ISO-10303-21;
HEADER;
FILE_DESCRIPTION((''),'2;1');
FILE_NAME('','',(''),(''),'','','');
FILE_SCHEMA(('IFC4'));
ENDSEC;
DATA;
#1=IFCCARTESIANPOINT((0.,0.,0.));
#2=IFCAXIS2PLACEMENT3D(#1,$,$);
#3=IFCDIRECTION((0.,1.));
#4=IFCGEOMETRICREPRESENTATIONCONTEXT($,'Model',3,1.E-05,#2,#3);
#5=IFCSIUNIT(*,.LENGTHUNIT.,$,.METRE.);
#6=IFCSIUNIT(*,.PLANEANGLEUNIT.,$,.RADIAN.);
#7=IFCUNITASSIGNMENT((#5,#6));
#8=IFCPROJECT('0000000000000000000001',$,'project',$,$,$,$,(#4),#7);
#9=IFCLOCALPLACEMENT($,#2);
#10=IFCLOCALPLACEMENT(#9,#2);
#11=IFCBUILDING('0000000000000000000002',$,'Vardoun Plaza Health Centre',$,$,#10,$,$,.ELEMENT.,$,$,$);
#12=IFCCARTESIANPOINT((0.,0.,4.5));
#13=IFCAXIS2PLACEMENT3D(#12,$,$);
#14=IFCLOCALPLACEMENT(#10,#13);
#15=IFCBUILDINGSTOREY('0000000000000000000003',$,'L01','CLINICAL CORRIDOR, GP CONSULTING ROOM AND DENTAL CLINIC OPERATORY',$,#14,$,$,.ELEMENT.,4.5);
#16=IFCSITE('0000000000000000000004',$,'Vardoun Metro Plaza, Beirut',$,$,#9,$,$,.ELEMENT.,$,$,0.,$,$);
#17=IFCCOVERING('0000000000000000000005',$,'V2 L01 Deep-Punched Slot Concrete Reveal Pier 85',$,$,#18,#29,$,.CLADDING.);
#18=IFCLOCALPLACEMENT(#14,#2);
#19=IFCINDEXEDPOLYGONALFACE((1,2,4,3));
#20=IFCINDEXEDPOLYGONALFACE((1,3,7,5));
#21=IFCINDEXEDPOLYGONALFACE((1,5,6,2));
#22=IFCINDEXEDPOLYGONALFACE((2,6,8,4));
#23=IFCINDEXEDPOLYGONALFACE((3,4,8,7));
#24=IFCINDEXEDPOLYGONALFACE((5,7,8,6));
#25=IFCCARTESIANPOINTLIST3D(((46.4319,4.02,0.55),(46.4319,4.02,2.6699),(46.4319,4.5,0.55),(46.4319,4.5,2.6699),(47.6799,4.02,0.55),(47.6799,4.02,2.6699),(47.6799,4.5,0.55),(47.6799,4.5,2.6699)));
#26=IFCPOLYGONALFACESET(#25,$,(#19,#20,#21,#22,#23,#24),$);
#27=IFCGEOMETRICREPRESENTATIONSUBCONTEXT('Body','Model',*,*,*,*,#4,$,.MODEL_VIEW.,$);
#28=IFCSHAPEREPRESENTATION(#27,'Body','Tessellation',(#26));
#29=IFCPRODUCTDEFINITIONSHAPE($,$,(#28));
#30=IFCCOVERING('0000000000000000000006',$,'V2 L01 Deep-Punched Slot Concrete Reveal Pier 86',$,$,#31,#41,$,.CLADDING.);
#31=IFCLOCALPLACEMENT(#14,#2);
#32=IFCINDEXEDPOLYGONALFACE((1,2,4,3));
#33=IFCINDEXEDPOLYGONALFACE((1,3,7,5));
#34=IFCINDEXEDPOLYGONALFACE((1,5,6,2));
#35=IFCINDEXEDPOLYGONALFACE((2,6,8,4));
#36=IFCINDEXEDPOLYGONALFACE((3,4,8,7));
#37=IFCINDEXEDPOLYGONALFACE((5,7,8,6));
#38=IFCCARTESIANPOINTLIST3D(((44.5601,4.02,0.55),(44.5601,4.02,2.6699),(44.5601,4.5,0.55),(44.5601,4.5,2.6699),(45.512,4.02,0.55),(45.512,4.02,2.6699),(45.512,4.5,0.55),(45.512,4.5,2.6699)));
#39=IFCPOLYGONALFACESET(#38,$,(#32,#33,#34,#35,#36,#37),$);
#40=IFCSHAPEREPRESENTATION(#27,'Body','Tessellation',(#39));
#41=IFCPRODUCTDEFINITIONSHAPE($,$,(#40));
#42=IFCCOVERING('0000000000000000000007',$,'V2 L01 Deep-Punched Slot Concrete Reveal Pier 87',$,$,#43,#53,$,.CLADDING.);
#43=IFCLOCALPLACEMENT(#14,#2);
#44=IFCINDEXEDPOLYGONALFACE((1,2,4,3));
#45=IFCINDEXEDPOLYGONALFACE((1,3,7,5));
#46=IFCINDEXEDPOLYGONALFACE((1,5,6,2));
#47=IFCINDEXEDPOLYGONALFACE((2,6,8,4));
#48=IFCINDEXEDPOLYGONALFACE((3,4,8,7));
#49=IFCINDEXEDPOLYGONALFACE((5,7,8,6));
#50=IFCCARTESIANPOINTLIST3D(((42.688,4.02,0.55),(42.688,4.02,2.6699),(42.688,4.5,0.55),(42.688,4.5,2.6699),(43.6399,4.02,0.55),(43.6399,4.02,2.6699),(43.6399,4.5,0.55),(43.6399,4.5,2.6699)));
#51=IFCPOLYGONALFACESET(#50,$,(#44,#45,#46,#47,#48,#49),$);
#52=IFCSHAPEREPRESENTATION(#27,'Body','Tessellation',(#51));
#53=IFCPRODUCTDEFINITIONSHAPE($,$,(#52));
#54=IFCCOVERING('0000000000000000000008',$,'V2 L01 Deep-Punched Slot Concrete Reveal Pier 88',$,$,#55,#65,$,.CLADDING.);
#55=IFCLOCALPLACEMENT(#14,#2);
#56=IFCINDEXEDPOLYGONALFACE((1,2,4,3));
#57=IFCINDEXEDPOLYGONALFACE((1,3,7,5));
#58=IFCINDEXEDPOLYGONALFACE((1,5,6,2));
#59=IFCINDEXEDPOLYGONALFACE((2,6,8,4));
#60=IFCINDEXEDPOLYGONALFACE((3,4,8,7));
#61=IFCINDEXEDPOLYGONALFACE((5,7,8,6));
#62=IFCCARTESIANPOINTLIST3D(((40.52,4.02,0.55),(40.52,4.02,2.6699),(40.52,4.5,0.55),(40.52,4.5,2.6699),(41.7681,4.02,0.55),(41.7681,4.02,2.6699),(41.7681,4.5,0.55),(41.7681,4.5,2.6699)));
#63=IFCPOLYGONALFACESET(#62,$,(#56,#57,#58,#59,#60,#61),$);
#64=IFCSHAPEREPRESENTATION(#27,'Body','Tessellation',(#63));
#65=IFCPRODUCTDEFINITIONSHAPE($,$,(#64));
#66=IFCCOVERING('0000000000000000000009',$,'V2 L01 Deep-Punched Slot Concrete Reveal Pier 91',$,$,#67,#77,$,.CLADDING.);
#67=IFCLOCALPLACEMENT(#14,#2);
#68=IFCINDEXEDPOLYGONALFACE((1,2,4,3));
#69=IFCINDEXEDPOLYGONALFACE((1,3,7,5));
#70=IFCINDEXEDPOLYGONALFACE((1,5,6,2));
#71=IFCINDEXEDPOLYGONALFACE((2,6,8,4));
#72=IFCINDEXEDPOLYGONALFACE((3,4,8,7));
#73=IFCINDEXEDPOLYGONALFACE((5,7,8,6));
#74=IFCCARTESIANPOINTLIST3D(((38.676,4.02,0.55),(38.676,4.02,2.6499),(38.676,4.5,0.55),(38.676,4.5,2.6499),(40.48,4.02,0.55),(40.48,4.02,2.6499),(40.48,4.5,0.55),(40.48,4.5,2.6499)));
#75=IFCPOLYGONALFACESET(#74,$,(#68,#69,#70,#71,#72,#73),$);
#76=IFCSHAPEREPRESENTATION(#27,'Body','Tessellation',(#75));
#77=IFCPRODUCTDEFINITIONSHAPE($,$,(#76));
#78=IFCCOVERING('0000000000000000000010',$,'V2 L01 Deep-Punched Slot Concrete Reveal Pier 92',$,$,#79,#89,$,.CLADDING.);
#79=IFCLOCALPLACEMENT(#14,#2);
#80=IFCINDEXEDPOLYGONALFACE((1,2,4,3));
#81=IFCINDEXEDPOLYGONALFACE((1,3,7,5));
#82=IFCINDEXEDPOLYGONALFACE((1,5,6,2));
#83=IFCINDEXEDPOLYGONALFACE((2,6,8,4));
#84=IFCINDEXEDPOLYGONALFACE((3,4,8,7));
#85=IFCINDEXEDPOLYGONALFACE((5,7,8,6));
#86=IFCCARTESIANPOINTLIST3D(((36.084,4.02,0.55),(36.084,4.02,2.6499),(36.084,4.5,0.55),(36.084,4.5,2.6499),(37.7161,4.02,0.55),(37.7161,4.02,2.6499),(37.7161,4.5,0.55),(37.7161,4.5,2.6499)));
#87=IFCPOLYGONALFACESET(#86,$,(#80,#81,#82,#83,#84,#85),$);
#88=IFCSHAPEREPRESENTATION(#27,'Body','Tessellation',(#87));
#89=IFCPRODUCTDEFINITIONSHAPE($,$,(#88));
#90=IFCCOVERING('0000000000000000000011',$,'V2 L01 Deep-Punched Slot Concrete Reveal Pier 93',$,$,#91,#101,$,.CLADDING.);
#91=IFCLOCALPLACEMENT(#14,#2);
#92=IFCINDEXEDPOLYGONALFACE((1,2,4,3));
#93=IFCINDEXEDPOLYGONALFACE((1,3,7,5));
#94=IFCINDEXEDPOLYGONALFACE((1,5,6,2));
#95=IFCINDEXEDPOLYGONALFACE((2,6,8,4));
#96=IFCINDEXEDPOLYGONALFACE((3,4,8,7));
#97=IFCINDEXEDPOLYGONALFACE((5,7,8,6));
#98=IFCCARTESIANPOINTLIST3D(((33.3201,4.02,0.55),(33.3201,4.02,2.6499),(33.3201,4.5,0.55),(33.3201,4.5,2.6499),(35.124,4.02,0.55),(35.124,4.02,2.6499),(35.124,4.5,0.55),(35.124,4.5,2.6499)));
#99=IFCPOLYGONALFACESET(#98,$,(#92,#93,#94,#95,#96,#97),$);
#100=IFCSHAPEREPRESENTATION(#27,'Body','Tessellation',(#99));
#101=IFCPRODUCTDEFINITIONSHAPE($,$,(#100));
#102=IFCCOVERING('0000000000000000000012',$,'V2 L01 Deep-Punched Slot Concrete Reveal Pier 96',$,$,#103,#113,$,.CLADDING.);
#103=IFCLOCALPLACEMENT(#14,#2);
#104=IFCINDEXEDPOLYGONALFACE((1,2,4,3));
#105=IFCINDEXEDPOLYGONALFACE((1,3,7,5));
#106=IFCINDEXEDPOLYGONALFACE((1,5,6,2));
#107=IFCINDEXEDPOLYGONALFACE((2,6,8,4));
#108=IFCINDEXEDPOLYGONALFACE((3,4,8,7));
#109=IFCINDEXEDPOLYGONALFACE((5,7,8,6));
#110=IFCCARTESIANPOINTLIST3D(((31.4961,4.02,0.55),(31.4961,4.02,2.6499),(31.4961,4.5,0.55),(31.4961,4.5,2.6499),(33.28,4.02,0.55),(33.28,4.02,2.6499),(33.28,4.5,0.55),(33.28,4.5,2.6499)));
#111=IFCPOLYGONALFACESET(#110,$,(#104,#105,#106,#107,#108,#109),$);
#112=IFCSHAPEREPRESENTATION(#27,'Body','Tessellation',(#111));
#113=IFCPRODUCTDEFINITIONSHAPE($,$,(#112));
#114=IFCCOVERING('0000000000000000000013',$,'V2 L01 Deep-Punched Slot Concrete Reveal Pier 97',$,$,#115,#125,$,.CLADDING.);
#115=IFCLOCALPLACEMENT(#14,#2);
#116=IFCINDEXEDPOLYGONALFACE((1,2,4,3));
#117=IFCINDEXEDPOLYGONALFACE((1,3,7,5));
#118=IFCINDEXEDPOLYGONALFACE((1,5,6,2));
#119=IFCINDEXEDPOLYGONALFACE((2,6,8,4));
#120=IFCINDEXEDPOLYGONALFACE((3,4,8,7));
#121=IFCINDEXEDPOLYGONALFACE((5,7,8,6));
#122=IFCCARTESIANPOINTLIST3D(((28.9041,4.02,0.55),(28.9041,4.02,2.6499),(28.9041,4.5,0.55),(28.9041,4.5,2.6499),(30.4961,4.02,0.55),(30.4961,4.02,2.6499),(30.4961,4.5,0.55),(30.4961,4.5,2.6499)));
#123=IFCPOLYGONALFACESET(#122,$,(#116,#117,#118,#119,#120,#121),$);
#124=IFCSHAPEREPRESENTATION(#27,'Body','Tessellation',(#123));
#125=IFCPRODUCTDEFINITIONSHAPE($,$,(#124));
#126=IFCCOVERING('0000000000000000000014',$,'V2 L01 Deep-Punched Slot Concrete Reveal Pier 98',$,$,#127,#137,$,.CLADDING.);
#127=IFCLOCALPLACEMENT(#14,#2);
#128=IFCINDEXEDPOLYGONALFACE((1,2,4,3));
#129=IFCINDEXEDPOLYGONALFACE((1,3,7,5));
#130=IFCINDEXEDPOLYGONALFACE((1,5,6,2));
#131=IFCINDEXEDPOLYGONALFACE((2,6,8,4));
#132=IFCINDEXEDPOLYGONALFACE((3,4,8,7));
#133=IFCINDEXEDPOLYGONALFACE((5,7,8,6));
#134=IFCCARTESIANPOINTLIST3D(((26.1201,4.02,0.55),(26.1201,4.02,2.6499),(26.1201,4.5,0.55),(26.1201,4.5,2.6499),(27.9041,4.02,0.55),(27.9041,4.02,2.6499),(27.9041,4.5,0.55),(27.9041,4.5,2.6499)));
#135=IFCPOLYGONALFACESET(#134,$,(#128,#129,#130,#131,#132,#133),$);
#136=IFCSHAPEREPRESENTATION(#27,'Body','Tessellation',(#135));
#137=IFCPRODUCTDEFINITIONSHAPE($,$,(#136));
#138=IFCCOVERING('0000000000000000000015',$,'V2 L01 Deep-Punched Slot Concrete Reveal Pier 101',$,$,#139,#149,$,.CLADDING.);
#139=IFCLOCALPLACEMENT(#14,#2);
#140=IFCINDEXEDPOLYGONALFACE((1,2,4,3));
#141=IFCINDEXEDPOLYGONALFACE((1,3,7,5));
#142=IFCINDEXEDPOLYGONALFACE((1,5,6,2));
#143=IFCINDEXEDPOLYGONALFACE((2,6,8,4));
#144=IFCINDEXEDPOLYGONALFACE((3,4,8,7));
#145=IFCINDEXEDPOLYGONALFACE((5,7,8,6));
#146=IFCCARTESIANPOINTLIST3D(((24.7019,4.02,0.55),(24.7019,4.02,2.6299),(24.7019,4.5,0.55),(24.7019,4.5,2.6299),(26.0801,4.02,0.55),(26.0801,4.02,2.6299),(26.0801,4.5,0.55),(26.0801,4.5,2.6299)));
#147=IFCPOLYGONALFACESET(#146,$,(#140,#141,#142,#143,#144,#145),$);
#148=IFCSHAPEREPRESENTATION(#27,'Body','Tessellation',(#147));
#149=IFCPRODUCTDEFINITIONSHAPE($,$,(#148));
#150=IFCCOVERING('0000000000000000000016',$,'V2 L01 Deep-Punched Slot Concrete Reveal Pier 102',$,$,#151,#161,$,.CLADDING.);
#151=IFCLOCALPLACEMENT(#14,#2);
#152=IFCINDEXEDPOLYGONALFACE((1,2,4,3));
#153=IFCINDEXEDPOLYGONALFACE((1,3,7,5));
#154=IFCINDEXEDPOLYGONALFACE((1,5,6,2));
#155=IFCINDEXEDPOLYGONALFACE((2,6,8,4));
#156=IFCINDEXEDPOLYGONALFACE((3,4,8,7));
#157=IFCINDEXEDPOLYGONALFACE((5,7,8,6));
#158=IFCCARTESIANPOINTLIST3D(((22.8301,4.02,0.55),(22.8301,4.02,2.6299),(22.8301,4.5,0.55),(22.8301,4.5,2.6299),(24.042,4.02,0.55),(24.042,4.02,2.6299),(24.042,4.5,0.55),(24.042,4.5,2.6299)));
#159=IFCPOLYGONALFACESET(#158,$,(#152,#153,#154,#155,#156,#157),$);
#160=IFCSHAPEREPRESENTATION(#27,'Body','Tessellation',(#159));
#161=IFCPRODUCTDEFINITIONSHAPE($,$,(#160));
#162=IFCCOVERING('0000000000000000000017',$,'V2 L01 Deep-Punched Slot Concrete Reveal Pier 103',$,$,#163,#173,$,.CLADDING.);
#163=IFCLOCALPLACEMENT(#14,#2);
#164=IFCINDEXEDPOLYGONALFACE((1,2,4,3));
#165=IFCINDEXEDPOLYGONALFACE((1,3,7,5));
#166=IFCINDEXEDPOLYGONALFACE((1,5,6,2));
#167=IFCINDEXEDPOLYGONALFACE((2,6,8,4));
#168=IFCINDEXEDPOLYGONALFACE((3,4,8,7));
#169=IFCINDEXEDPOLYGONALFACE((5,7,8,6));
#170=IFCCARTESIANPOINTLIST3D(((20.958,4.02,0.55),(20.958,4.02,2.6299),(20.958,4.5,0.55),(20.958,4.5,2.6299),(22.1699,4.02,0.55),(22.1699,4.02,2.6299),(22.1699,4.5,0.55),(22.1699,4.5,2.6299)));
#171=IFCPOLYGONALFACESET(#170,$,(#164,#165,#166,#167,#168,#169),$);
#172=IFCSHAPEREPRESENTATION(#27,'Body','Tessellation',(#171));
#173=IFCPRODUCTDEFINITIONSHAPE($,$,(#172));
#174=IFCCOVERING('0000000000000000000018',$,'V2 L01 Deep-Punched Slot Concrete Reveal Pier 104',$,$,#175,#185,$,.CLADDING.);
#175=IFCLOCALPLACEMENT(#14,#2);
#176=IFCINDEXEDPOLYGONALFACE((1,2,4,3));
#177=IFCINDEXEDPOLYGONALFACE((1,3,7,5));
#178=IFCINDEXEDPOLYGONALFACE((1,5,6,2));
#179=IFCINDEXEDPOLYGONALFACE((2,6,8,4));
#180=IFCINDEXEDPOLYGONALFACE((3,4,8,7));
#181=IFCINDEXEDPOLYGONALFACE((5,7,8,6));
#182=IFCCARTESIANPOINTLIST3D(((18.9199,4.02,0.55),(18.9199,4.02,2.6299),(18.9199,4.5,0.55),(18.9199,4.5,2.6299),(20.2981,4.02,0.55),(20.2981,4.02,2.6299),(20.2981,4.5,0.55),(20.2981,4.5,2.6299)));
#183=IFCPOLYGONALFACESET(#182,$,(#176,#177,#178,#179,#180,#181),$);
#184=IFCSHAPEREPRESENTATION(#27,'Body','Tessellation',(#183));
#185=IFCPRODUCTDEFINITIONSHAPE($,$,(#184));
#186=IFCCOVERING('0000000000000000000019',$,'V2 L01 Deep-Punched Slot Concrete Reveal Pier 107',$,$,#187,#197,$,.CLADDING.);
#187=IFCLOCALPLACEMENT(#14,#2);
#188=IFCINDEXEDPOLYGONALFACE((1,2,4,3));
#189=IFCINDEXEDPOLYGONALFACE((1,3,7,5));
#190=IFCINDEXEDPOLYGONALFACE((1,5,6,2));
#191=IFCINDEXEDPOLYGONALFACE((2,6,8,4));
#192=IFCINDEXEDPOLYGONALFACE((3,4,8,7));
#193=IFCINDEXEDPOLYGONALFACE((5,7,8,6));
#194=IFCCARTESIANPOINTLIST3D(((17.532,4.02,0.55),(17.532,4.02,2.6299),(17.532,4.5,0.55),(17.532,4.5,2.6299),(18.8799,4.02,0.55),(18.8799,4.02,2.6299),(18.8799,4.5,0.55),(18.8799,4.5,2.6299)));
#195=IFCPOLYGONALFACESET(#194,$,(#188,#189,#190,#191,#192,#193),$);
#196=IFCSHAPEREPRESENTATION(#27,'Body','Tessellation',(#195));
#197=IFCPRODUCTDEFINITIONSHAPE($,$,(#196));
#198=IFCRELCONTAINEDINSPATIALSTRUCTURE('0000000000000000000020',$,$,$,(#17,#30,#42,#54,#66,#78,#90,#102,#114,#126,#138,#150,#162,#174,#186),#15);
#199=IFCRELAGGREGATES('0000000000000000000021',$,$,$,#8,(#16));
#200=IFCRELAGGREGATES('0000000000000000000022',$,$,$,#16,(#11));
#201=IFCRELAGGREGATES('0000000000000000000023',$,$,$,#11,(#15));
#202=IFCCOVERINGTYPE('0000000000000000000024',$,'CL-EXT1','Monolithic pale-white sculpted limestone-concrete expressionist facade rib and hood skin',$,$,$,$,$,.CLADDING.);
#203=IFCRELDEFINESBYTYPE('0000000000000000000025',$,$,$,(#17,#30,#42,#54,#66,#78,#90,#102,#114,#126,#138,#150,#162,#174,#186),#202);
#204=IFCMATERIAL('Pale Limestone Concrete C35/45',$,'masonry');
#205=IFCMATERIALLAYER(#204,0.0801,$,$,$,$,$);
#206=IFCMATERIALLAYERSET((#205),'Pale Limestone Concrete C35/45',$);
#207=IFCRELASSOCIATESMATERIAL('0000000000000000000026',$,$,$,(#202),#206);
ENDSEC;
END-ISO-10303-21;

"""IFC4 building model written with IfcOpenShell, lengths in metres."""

from ifc_helpers import new_model, si_unit, direction, frame, origin, place, context, subcontext, project, spatial, polyline, outline, extrude, material, layer, layer_set, type_object, element, save


model = new_model("IFC4")

# Units and contexts
model_context = context("Model", 3, precision=1e-05, world=origin(), true_north=direction((0.0, 1.0)))
body_context = subcontext(model_context, "Body", "Model", "MODEL_VIEW")
ifc_project = project(units=[si_unit("LENGTHUNIT", "METRE"), si_unit("PLANEANGLEUNIT", "RADIAN")], contexts=[model_context])

# Site, building, storey
site_placement = place(None, origin())
site = spatial("IfcSite", under=ifc_project, at=site_placement, Name="Vardoun Metro Plaza, Beirut", CompositionType="ELEMENT", RefElevation=0.0)
building_placement = place(site_placement, origin())
building = spatial("IfcBuilding", under=site, at=building_placement, Name="Vardoun Plaza Health Centre", CompositionType="ELEMENT")
storey_placement = place(building_placement, frame((0.0, 0.0, 4.5)))
storey = spatial("IfcBuildingStorey", under=building, at=storey_placement, Name="L01", Description="CLINICAL CORRIDOR, GP CONSULTING ROOM AND DENTAL CLINIC OPERATORY", CompositionType="ELEMENT", Elevation=4.5)

# Coverings
ifc_material = material(Name="Pale Limestone Concrete C35/45", Category="masonry")
ifc_layer = layer(ifc_material, 0.0801)
ifc_layer_set = layer_set([ifc_layer], Name="Pale Limestone Concrete C35/45")
covering_type = type_object("IfcCoveringType", Name="CL-EXT1", Description="Monolithic pale-white sculpted limestone-concrete expressionist facade rib and hood skin", PredefinedType="CLADDING", material=ifc_layer_set)
covering_1_placement = place(storey_placement, frame((0.0, 0.0, 0.55)))
element("IfcCovering", 1, at=covering_1_placement, inside=storey, type_object=covering_type, Name="V2 L01 Deep-Punched Slot Concrete Reveal Pier 85", PredefinedType="CLADDING", context=body_context, shape_type="SweptSolid", body=[
    extrude(outline(polyline([(47.6799, 4.5), (46.4319, 4.5), (46.4319, 4.02), (47.6799, 4.02), (47.6799, 4.5)])), origin(), (0.0, 0.0, 1.0), 2.1199),
])
covering_2_placement = place(storey_placement, frame((0.0, 0.0, 0.55)))
element("IfcCovering", 2, at=covering_2_placement, inside=storey, type_object=covering_type, Name="V2 L01 Deep-Punched Slot Concrete Reveal Pier 86", PredefinedType="CLADDING", context=body_context, shape_type="SweptSolid", body=[
    extrude(outline(polyline([(45.512, 4.5), (44.5601, 4.5), (44.5601, 4.02), (45.512, 4.02), (45.512, 4.5)])), origin(), (0.0, 0.0, 1.0), 2.1199),
])
covering_3_placement = place(storey_placement, frame((0.0, 0.0, 0.55)))
element("IfcCovering", 3, at=covering_3_placement, inside=storey, type_object=covering_type, Name="V2 L01 Deep-Punched Slot Concrete Reveal Pier 87", PredefinedType="CLADDING", context=body_context, shape_type="SweptSolid", body=[
    extrude(outline(polyline([(43.6399, 4.5), (42.688, 4.5), (42.688, 4.02), (43.6399, 4.02), (43.6399, 4.5)])), origin(), (0.0, 0.0, 1.0), 2.1199),
])
covering_4_placement = place(storey_placement, frame((0.0, 0.0, 0.55)))
element("IfcCovering", 4, at=covering_4_placement, inside=storey, type_object=covering_type, Name="V2 L01 Deep-Punched Slot Concrete Reveal Pier 88", PredefinedType="CLADDING", context=body_context, shape_type="SweptSolid", body=[
    extrude(outline(polyline([(41.7681, 4.5), (40.52, 4.5), (40.52, 4.02), (41.7681, 4.02), (41.7681, 4.5)])), origin(), (0.0, 0.0, 1.0), 2.1199),
])
covering_5_placement = place(storey_placement, frame((0.0, 0.0, 0.55)))
element("IfcCovering", 5, at=covering_5_placement, inside=storey, type_object=covering_type, Name="V2 L01 Deep-Punched Slot Concrete Reveal Pier 91", PredefinedType="CLADDING", context=body_context, shape_type="SweptSolid", body=[
    extrude(outline(polyline([(40.48, 4.5), (38.676, 4.5), (38.676, 4.02), (40.48, 4.02), (40.48, 4.5)])), origin(), (0.0, 0.0, 1.0), 2.0999),
])
covering_6_placement = place(storey_placement, frame((0.0, 0.0, 0.55)))
element("IfcCovering", 6, at=covering_6_placement, inside=storey, type_object=covering_type, Name="V2 L01 Deep-Punched Slot Concrete Reveal Pier 92", PredefinedType="CLADDING", context=body_context, shape_type="SweptSolid", body=[
    extrude(outline(polyline([(37.7161, 4.5), (36.084, 4.5), (36.084, 4.02), (37.7161, 4.02), (37.7161, 4.5)])), origin(), (0.0, 0.0, 1.0), 2.0999),
])
covering_7_placement = place(storey_placement, frame((0.0, 0.0, 0.55)))
element("IfcCovering", 7, at=covering_7_placement, inside=storey, type_object=covering_type, Name="V2 L01 Deep-Punched Slot Concrete Reveal Pier 93", PredefinedType="CLADDING", context=body_context, shape_type="SweptSolid", body=[
    extrude(outline(polyline([(35.124, 4.5), (33.3201, 4.5), (33.3201, 4.02), (35.124, 4.02), (35.124, 4.5)])), origin(), (0.0, 0.0, 1.0), 2.0999),
])
covering_8_placement = place(storey_placement, frame((0.0, 0.0, 0.55)))
element("IfcCovering", 8, at=covering_8_placement, inside=storey, type_object=covering_type, Name="V2 L01 Deep-Punched Slot Concrete Reveal Pier 96", PredefinedType="CLADDING", context=body_context, shape_type="SweptSolid", body=[
    extrude(outline(polyline([(33.28, 4.5), (31.4961, 4.5), (31.4961, 4.02), (33.28, 4.02), (33.28, 4.5)])), origin(), (0.0, 0.0, 1.0), 2.0999),
])
covering_9_placement = place(storey_placement, frame((0.0, 0.0, 0.55)))
element("IfcCovering", 9, at=covering_9_placement, inside=storey, type_object=covering_type, Name="V2 L01 Deep-Punched Slot Concrete Reveal Pier 97", PredefinedType="CLADDING", context=body_context, shape_type="SweptSolid", body=[
    extrude(outline(polyline([(30.4961, 4.5), (28.9041, 4.5), (28.9041, 4.02), (30.4961, 4.02), (30.4961, 4.5)])), origin(), (0.0, 0.0, 1.0), 2.0999),
])
covering_10_placement = place(storey_placement, frame((0.0, 0.0, 0.55)))
element("IfcCovering", 10, at=covering_10_placement, inside=storey, type_object=covering_type, Name="V2 L01 Deep-Punched Slot Concrete Reveal Pier 98", PredefinedType="CLADDING", context=body_context, shape_type="SweptSolid", body=[
    extrude(outline(polyline([(27.9041, 4.5), (26.1201, 4.5), (26.1201, 4.02), (27.9041, 4.02), (27.9041, 4.5)])), origin(), (0.0, 0.0, 1.0), 2.0999),
])
covering_11_placement = place(storey_placement, frame((0.0, 0.0, 0.55)))
element("IfcCovering", 11, at=covering_11_placement, inside=storey, type_object=covering_type, Name="V2 L01 Deep-Punched Slot Concrete Reveal Pier 101", PredefinedType="CLADDING", context=body_context, shape_type="SweptSolid", body=[
    extrude(outline(polyline([(26.0801, 4.5), (24.7019, 4.5), (24.7019, 4.02), (26.0801, 4.02), (26.0801, 4.5)])), origin(), (0.0, 0.0, 1.0), 2.0798),
])
covering_12_placement = place(storey_placement, frame((0.0, 0.0, 0.55)))
element("IfcCovering", 12, at=covering_12_placement, inside=storey, type_object=covering_type, Name="V2 L01 Deep-Punched Slot Concrete Reveal Pier 102", PredefinedType="CLADDING", context=body_context, shape_type="SweptSolid", body=[
    extrude(outline(polyline([(24.042, 4.5), (22.8301, 4.5), (22.8301, 4.02), (24.042, 4.02), (24.042, 4.5)])), origin(), (0.0, 0.0, 1.0), 2.0798),
])
covering_13_placement = place(storey_placement, frame((0.0, 0.0, 0.55)))
element("IfcCovering", 13, at=covering_13_placement, inside=storey, type_object=covering_type, Name="V2 L01 Deep-Punched Slot Concrete Reveal Pier 103", PredefinedType="CLADDING", context=body_context, shape_type="SweptSolid", body=[
    extrude(outline(polyline([(22.1699, 4.5), (20.958, 4.5), (20.958, 4.02), (22.1699, 4.02), (22.1699, 4.5)])), origin(), (0.0, 0.0, 1.0), 2.0798),
])
covering_14_placement = place(storey_placement, frame((0.0, 0.0, 0.55)))
element("IfcCovering", 14, at=covering_14_placement, inside=storey, type_object=covering_type, Name="V2 L01 Deep-Punched Slot Concrete Reveal Pier 104", PredefinedType="CLADDING", context=body_context, shape_type="SweptSolid", body=[
    extrude(outline(polyline([(20.2981, 4.5), (18.9199, 4.5), (18.9199, 4.02), (20.2981, 4.02), (20.2981, 4.5)])), origin(), (0.0, 0.0, 1.0), 2.0798),
])
covering_15_placement = place(storey_placement, frame((0.0, 0.0, 0.55)))
element("IfcCovering", 15, at=covering_15_placement, inside=storey, type_object=covering_type, Name="V2 L01 Deep-Punched Slot Concrete Reveal Pier 107", PredefinedType="CLADDING", context=body_context, shape_type="SweptSolid", body=[
    extrude(outline(polyline([(18.8799, 4.5), (17.532, 4.5), (17.532, 4.02), (18.8799, 4.02), (18.8799, 4.5)])), origin(), (0.0, 0.0, 1.0), 2.0798),
])

save(model, "model.ifc")
